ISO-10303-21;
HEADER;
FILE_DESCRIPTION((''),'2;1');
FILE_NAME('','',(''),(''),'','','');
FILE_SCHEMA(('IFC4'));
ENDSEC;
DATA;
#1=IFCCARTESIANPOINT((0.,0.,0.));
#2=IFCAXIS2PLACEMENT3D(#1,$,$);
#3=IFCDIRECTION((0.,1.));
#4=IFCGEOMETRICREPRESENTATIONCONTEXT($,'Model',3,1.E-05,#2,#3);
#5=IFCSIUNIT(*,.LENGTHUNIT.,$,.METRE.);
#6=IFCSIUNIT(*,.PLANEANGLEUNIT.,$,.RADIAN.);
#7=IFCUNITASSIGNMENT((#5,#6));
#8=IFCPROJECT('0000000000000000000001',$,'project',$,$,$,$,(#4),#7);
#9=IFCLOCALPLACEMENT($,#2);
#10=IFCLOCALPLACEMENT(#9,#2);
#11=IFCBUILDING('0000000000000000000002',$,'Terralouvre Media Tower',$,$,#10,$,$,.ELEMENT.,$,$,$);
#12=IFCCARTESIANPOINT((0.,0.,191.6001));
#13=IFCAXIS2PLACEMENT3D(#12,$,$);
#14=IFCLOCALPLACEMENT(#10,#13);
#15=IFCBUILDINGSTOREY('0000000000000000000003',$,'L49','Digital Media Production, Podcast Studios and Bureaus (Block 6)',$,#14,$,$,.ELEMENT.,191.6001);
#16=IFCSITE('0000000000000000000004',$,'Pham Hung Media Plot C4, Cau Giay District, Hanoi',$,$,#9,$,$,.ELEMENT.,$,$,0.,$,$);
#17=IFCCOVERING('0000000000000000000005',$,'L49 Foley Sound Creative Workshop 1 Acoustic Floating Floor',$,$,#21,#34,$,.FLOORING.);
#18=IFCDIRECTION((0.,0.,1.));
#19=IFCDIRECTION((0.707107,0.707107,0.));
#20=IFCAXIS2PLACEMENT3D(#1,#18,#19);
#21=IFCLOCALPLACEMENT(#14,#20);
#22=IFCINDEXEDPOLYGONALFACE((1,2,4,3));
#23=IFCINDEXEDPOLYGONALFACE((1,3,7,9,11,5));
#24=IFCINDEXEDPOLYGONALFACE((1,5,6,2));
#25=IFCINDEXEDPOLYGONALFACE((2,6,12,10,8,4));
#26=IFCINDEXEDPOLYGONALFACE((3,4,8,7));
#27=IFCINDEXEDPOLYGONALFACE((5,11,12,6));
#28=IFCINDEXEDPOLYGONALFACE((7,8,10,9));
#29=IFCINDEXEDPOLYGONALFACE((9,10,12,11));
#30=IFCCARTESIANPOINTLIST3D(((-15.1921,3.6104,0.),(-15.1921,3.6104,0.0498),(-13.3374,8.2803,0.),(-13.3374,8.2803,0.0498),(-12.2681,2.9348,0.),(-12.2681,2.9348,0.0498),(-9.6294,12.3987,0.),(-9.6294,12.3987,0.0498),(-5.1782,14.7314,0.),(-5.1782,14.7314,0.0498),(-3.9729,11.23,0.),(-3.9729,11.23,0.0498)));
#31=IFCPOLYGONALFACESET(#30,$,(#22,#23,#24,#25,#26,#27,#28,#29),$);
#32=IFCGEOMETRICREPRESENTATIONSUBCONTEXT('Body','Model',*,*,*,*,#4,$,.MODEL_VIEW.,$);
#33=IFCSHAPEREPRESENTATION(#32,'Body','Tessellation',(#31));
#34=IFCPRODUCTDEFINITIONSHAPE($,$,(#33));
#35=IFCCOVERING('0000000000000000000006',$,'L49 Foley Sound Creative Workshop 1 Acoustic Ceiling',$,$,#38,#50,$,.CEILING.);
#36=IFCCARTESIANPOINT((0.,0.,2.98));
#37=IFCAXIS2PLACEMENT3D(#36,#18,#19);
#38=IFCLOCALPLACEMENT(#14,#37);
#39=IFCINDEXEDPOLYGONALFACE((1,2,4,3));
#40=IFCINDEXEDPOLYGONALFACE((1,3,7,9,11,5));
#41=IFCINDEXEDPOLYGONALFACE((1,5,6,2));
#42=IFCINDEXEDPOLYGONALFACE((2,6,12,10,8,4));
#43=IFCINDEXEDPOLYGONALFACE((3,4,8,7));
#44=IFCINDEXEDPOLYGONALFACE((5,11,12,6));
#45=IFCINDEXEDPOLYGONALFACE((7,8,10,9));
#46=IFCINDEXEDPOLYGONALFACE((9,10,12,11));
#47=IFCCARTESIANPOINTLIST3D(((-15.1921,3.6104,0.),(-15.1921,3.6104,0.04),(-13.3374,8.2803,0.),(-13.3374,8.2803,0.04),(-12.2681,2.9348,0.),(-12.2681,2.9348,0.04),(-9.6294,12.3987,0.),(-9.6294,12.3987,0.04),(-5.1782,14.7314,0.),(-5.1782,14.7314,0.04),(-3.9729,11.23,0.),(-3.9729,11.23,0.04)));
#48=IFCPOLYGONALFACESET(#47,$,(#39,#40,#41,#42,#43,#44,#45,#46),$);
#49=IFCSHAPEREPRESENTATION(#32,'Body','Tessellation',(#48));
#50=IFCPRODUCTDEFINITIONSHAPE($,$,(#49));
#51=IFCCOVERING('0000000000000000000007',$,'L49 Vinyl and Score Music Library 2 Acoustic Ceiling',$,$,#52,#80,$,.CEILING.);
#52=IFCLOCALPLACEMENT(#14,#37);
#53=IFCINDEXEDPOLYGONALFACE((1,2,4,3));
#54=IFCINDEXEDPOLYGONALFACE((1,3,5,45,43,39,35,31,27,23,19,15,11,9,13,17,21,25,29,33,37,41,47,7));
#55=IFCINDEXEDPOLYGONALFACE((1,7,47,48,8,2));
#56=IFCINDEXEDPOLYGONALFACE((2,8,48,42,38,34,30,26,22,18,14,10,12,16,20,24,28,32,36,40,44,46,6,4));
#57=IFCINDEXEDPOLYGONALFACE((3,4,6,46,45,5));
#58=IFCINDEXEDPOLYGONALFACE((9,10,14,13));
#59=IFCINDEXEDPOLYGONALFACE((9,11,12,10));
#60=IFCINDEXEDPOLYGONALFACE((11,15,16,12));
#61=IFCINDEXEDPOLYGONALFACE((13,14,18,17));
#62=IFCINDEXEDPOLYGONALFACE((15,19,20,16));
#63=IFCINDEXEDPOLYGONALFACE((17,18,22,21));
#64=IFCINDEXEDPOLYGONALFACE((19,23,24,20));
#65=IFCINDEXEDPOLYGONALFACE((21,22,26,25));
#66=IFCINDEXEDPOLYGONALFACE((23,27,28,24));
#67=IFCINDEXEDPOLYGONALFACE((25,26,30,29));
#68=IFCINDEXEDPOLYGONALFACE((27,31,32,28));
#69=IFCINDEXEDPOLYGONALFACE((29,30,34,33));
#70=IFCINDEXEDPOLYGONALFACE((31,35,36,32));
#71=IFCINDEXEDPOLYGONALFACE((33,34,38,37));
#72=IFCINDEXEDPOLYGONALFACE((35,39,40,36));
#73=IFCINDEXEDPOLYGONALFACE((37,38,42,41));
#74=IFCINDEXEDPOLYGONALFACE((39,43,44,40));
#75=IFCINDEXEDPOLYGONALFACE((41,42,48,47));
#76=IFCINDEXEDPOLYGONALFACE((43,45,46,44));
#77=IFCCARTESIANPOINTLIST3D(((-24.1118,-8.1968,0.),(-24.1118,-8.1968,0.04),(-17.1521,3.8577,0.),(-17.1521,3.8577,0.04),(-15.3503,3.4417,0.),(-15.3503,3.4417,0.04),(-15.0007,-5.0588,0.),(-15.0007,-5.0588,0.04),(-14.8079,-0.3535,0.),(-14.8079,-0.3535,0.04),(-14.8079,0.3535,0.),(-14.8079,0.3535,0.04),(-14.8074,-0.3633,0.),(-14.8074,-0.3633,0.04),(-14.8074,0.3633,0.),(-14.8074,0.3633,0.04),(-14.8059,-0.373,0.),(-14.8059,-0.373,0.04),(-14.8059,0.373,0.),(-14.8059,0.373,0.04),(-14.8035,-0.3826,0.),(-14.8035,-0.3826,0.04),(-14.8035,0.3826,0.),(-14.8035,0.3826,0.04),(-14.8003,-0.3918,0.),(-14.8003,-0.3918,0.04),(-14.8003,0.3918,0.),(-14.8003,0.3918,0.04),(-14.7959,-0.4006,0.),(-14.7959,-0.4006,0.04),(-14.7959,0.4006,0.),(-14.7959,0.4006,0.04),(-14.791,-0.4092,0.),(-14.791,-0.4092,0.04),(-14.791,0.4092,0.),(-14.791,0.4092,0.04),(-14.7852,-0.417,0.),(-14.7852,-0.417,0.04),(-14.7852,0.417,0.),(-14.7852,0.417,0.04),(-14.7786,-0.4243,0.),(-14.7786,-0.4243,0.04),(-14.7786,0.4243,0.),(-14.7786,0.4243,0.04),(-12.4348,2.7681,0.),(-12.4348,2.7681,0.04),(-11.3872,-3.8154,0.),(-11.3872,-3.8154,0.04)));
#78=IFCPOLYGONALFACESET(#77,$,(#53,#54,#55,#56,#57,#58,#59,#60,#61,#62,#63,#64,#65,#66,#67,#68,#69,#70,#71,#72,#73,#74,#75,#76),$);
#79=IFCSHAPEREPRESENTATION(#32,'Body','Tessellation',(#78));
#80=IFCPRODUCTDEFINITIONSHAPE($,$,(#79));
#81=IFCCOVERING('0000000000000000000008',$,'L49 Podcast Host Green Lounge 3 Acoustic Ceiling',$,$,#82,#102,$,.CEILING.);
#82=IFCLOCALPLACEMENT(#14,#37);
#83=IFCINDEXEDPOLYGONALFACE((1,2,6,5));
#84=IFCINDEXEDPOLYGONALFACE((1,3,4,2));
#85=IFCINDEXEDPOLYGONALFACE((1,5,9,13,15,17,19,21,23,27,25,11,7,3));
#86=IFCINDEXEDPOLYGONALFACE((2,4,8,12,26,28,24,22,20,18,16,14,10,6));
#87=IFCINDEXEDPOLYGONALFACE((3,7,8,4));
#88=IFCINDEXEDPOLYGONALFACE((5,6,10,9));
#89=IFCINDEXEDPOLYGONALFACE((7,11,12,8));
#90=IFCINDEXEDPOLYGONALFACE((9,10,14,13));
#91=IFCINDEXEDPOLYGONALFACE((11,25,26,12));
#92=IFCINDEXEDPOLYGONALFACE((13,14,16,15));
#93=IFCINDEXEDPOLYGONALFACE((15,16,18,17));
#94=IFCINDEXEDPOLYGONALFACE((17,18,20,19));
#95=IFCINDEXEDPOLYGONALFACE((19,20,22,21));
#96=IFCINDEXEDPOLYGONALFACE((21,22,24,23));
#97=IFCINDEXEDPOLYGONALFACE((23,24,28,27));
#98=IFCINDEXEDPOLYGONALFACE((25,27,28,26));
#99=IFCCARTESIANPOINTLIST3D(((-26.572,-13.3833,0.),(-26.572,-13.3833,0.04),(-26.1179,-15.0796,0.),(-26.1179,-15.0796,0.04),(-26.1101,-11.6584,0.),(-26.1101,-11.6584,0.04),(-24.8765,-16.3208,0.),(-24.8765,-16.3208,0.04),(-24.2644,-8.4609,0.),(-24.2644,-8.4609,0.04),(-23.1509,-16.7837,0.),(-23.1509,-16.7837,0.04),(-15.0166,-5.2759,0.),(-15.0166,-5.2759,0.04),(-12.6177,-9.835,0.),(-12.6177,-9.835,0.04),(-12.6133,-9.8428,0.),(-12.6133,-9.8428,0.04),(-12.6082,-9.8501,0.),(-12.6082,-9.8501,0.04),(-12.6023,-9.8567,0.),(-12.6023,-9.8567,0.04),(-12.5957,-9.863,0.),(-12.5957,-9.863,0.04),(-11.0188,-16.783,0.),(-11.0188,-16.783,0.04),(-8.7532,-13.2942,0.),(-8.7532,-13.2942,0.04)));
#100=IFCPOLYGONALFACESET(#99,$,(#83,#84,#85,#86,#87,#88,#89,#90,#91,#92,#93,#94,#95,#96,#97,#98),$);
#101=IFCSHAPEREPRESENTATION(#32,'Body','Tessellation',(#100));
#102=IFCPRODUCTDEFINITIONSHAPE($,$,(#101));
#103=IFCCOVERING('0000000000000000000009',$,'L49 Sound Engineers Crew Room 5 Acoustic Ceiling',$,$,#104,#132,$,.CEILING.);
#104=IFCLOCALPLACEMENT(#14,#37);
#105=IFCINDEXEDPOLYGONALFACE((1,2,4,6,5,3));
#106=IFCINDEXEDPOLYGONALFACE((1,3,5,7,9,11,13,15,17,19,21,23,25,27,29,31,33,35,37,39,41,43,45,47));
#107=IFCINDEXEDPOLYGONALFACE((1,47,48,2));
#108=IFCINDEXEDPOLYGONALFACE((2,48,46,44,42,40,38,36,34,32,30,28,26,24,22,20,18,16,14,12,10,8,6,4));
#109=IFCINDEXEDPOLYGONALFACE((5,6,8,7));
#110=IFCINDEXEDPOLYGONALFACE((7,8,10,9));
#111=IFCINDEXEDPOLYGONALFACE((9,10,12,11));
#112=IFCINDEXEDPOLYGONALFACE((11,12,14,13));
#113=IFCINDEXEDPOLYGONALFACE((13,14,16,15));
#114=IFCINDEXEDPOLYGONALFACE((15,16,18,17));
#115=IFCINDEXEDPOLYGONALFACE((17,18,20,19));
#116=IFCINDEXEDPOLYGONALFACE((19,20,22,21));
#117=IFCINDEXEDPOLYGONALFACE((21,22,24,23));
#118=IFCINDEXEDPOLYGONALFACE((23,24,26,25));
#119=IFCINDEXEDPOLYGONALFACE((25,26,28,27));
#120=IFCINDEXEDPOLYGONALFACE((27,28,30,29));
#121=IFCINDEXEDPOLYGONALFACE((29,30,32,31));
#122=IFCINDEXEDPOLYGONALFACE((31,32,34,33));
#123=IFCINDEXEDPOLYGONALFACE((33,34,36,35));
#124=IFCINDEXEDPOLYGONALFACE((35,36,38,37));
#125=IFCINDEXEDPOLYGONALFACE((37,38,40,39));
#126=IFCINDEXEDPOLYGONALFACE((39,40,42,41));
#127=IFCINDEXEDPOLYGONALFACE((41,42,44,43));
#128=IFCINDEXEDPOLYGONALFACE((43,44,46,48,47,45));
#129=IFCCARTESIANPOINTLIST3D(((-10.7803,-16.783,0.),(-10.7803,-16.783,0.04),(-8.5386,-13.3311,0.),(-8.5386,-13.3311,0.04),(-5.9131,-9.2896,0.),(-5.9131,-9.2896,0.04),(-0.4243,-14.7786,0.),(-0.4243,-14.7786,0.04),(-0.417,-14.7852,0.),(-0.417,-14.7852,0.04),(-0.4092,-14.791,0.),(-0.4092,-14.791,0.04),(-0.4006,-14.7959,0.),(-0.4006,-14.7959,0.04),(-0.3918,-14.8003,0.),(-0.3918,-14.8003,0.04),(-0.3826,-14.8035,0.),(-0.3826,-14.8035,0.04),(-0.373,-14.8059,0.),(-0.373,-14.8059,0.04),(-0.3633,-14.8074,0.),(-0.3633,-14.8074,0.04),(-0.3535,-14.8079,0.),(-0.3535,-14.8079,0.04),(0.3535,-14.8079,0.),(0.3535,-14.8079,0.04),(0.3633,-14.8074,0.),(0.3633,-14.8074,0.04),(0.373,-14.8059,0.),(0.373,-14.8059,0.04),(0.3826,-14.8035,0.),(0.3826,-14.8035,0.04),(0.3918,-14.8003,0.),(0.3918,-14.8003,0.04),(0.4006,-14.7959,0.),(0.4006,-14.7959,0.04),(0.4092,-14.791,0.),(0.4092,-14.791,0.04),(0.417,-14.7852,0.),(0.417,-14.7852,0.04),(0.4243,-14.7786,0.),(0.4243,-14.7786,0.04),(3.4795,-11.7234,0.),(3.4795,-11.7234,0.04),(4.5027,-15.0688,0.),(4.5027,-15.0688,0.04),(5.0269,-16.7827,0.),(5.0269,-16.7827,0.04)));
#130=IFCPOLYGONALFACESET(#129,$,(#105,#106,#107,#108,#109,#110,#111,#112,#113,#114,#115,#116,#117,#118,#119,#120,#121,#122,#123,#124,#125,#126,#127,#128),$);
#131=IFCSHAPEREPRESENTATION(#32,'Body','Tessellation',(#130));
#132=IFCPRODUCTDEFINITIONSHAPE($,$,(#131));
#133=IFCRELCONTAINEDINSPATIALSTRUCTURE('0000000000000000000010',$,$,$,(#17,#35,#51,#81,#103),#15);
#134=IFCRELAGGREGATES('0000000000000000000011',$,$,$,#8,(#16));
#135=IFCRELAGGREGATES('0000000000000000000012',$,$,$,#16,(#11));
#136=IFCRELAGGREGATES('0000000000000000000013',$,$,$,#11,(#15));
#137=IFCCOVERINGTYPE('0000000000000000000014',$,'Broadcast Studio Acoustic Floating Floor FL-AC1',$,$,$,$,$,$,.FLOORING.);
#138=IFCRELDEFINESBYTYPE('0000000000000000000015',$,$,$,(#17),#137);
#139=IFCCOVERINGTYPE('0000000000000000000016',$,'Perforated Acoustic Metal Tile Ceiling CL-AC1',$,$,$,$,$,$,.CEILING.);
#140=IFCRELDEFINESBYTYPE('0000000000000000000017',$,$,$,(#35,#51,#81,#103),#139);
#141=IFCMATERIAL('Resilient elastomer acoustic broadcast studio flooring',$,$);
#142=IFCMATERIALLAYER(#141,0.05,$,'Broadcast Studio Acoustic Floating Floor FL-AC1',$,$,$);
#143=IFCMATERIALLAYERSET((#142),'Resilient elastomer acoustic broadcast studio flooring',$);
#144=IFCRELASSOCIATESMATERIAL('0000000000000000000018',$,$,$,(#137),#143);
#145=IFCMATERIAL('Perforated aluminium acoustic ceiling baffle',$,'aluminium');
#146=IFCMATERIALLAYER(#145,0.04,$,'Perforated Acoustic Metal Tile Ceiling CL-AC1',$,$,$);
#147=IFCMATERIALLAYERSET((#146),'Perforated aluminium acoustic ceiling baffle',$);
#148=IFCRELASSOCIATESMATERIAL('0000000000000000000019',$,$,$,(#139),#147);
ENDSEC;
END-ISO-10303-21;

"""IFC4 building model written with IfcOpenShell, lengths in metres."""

from ifc_helpers import new_model, si_unit, direction, frame, origin, place, context, subcontext, project, spatial, polyline, outline, extrude, material, layer, layer_set, type_object, element, save


model = new_model("IFC4")

# Units and contexts
model_context = context("Model", 3, precision=1e-05, world=origin(), true_north=direction((0.0, 1.0)))
body_context = subcontext(model_context, "Body", "Model", "MODEL_VIEW")
ifc_project = project(units=[si_unit("LENGTHUNIT", "METRE"), si_unit("PLANEANGLEUNIT", "RADIAN")], contexts=[model_context])

# Site, building, storey
site_placement = place(None, origin())
site = spatial("IfcSite", under=ifc_project, at=site_placement, Name="Pham Hung Media Plot C4, Cau Giay District, Hanoi", CompositionType="ELEMENT", RefElevation=0.0)
building_placement = place(site_placement, origin())
building = spatial("IfcBuilding", under=site, at=building_placement, Name="Terralouvre Media Tower", CompositionType="ELEMENT")
storey_placement = place(building_placement, frame((0.0, 0.0, 191.6001)))
storey = spatial("IfcBuildingStorey", under=building, at=storey_placement, Name="L49", Description="Digital Media Production, Podcast Studios and Bureaus (Block 6)", CompositionType="ELEMENT", Elevation=191.6001)

# Coverings
ifc_material_1 = material(Name="Resilient elastomer acoustic broadcast studio flooring")
ifc_layer_1 = layer(ifc_material_1, 0.05, Name="Broadcast Studio Acoustic Floating Floor FL-AC1")
ifc_layer_set_1 = layer_set([ifc_layer_1], Name="Resilient elastomer acoustic broadcast studio flooring")
covering_type_1 = type_object("IfcCoveringType", Name="Broadcast Studio Acoustic Floating Floor FL-AC1", PredefinedType="FLOORING", material=ifc_layer_set_1)
covering_1_placement = place(storey_placement, frame((0.0, 0.0, 0.0), z_axis=(0.0, 0.0, 1.0), x_axis=(0.707107, 0.707107, 0.0)))
element("IfcCovering", 1, at=covering_1_placement, inside=storey, type_object=covering_type_1, Name="L49 Foley Sound Creative Workshop 1 Acoustic Floating Floor", PredefinedType="FLOORING", context=body_context, shape_type="SweptSolid", body=[
    extrude(outline(polyline([(-9.6294, 12.3987), (-13.3374, 8.2803), (-15.1921, 3.6104), (-12.2681, 2.9348), (-3.9729, 11.23), (-5.1782, 14.7314), (-9.6294, 12.3987)])), origin(), (0.0, 0.0, 1.0), 0.0498),
])
ifc_material_2 = material(Name="Perforated aluminium acoustic ceiling baffle", Category="aluminium")
ifc_layer_2 = layer(ifc_material_2, 0.04, Name="Perforated Acoustic Metal Tile Ceiling CL-AC1")
ifc_layer_set_2 = layer_set([ifc_layer_2], Name="Perforated aluminium acoustic ceiling baffle")
covering_type_2 = type_object("IfcCoveringType", Name="Perforated Acoustic Metal Tile Ceiling CL-AC1", PredefinedType="CEILING", material=ifc_layer_set_2)
covering_2_placement = place(storey_placement, frame((0.0, 0.0, 2.98), z_axis=(0.0, 0.0, 1.0), x_axis=(0.707107, 0.707107, 0.0)))
element("IfcCovering", 2, at=covering_2_placement, inside=storey, type_object=covering_type_2, Name="L49 Foley Sound Creative Workshop 1 Acoustic Ceiling", PredefinedType="CEILING", context=body_context, shape_type="SweptSolid", body=[
    extrude(outline(polyline([(-9.6294, 12.3987), (-13.3374, 8.2803), (-15.1921, 3.6104), (-12.2681, 2.9348), (-3.9729, 11.23), (-5.1782, 14.7314), (-9.6294, 12.3987)])), origin(), (0.0, 0.0, 1.0), 0.04),
])
covering_3_placement = place(storey_placement, frame((0.0, 0.0, 2.98), z_axis=(0.0, 0.0, 1.0), x_axis=(0.707107, 0.707107, 0.0)))
element("IfcCovering", 3, at=covering_3_placement, inside=storey, type_object=covering_type_2, Name="L49 Vinyl and Score Music Library 2 Acoustic Ceiling", PredefinedType="CEILING", context=body_context, shape_type="SweptSolid", body=[
    extrude(outline(polyline([(-11.3872, -3.8154), (-14.7786, -0.4243), (-14.7852, -0.417), (-14.791, -0.4092), (-14.7959, -0.4006), (-14.8003, -0.3918), (-14.8035, -0.3826), (-14.8059, -0.373), (-14.8074, -0.3633), (-14.8079, -0.3535), (-14.8079, 0.3535), (-14.8074, 0.3633), (-14.8059, 0.373), (-14.8035, 0.3826), (-14.8003, 0.3918), (-14.7959, 0.4006), (-14.791, 0.4092), (-14.7852, 0.417), (-14.7786, 0.4243), (-12.4348, 2.7681), (-15.3503, 3.4417), (-17.1521, 3.8577), (-24.1118, -8.1968), (-15.0007, -5.0588), (-11.3872, -3.8154)])), origin(), (0.0, 0.0, 1.0), 0.04),
])
covering_4_placement = place(storey_placement, frame((0.0, 0.0, 2.98), z_axis=(0.0, 0.0, 1.0), x_axis=(0.707107, 0.707107, 0.0)))
element("IfcCovering", 4, at=covering_4_placement, inside=storey, type_object=covering_type_2, Name="L49 Podcast Host Green Lounge 3 Acoustic Ceiling", PredefinedType="CEILING", context=body_context, shape_type="SweptSolid", body=[
    extrude(outline(polyline([(-12.5957, -9.863), (-12.6023, -9.8567), (-12.6082, -9.8501), (-12.6133, -9.8428), (-12.6177, -9.835), (-15.0166, -5.2759), (-24.2644, -8.4609), (-26.1101, -11.6584), (-26.572, -13.3833), (-26.1179, -15.0796), (-24.8765, -16.3208), (-23.1509, -16.7837), (-11.0188, -16.783), (-8.7532, -13.2942), (-12.5957, -9.863)])), origin(), (0.0, 0.0, 1.0), 0.04),
])
covering_5_placement = place(storey_placement, frame((0.0, 0.0, 2.98), z_axis=(0.0, 0.0, 1.0), x_axis=(0.707107, 0.707107, 0.0)))
element("IfcCovering", 5, at=covering_5_placement, inside=storey, type_object=covering_type_2, Name="L49 Sound Engineers Crew Room 5 Acoustic Ceiling", PredefinedType="CEILING", context=body_context, shape_type="SweptSolid", body=[
    extrude(outline(polyline([(3.4795, -11.7234), (0.4243, -14.7786), (0.417, -14.7852), (0.4092, -14.791), (0.4006, -14.7959), (0.3918, -14.8003), (0.3826, -14.8035), (0.373, -14.8059), (0.3633, -14.8074), (0.3535, -14.8079), (-0.3535, -14.8079), (-0.3633, -14.8074), (-0.373, -14.8059), (-0.3826, -14.8035), (-0.3918, -14.8003), (-0.4006, -14.7959), (-0.4092, -14.791), (-0.417, -14.7852), (-0.4243, -14.7786), (-5.9131, -9.2896), (-8.5386, -13.3311), (-10.7803, -16.783), (5.0269, -16.7827), (4.5027, -15.0688), (3.4795, -11.7234)])), origin(), (0.0, 0.0, 1.0), 0.04),
])

save(model, "model.ifc")
